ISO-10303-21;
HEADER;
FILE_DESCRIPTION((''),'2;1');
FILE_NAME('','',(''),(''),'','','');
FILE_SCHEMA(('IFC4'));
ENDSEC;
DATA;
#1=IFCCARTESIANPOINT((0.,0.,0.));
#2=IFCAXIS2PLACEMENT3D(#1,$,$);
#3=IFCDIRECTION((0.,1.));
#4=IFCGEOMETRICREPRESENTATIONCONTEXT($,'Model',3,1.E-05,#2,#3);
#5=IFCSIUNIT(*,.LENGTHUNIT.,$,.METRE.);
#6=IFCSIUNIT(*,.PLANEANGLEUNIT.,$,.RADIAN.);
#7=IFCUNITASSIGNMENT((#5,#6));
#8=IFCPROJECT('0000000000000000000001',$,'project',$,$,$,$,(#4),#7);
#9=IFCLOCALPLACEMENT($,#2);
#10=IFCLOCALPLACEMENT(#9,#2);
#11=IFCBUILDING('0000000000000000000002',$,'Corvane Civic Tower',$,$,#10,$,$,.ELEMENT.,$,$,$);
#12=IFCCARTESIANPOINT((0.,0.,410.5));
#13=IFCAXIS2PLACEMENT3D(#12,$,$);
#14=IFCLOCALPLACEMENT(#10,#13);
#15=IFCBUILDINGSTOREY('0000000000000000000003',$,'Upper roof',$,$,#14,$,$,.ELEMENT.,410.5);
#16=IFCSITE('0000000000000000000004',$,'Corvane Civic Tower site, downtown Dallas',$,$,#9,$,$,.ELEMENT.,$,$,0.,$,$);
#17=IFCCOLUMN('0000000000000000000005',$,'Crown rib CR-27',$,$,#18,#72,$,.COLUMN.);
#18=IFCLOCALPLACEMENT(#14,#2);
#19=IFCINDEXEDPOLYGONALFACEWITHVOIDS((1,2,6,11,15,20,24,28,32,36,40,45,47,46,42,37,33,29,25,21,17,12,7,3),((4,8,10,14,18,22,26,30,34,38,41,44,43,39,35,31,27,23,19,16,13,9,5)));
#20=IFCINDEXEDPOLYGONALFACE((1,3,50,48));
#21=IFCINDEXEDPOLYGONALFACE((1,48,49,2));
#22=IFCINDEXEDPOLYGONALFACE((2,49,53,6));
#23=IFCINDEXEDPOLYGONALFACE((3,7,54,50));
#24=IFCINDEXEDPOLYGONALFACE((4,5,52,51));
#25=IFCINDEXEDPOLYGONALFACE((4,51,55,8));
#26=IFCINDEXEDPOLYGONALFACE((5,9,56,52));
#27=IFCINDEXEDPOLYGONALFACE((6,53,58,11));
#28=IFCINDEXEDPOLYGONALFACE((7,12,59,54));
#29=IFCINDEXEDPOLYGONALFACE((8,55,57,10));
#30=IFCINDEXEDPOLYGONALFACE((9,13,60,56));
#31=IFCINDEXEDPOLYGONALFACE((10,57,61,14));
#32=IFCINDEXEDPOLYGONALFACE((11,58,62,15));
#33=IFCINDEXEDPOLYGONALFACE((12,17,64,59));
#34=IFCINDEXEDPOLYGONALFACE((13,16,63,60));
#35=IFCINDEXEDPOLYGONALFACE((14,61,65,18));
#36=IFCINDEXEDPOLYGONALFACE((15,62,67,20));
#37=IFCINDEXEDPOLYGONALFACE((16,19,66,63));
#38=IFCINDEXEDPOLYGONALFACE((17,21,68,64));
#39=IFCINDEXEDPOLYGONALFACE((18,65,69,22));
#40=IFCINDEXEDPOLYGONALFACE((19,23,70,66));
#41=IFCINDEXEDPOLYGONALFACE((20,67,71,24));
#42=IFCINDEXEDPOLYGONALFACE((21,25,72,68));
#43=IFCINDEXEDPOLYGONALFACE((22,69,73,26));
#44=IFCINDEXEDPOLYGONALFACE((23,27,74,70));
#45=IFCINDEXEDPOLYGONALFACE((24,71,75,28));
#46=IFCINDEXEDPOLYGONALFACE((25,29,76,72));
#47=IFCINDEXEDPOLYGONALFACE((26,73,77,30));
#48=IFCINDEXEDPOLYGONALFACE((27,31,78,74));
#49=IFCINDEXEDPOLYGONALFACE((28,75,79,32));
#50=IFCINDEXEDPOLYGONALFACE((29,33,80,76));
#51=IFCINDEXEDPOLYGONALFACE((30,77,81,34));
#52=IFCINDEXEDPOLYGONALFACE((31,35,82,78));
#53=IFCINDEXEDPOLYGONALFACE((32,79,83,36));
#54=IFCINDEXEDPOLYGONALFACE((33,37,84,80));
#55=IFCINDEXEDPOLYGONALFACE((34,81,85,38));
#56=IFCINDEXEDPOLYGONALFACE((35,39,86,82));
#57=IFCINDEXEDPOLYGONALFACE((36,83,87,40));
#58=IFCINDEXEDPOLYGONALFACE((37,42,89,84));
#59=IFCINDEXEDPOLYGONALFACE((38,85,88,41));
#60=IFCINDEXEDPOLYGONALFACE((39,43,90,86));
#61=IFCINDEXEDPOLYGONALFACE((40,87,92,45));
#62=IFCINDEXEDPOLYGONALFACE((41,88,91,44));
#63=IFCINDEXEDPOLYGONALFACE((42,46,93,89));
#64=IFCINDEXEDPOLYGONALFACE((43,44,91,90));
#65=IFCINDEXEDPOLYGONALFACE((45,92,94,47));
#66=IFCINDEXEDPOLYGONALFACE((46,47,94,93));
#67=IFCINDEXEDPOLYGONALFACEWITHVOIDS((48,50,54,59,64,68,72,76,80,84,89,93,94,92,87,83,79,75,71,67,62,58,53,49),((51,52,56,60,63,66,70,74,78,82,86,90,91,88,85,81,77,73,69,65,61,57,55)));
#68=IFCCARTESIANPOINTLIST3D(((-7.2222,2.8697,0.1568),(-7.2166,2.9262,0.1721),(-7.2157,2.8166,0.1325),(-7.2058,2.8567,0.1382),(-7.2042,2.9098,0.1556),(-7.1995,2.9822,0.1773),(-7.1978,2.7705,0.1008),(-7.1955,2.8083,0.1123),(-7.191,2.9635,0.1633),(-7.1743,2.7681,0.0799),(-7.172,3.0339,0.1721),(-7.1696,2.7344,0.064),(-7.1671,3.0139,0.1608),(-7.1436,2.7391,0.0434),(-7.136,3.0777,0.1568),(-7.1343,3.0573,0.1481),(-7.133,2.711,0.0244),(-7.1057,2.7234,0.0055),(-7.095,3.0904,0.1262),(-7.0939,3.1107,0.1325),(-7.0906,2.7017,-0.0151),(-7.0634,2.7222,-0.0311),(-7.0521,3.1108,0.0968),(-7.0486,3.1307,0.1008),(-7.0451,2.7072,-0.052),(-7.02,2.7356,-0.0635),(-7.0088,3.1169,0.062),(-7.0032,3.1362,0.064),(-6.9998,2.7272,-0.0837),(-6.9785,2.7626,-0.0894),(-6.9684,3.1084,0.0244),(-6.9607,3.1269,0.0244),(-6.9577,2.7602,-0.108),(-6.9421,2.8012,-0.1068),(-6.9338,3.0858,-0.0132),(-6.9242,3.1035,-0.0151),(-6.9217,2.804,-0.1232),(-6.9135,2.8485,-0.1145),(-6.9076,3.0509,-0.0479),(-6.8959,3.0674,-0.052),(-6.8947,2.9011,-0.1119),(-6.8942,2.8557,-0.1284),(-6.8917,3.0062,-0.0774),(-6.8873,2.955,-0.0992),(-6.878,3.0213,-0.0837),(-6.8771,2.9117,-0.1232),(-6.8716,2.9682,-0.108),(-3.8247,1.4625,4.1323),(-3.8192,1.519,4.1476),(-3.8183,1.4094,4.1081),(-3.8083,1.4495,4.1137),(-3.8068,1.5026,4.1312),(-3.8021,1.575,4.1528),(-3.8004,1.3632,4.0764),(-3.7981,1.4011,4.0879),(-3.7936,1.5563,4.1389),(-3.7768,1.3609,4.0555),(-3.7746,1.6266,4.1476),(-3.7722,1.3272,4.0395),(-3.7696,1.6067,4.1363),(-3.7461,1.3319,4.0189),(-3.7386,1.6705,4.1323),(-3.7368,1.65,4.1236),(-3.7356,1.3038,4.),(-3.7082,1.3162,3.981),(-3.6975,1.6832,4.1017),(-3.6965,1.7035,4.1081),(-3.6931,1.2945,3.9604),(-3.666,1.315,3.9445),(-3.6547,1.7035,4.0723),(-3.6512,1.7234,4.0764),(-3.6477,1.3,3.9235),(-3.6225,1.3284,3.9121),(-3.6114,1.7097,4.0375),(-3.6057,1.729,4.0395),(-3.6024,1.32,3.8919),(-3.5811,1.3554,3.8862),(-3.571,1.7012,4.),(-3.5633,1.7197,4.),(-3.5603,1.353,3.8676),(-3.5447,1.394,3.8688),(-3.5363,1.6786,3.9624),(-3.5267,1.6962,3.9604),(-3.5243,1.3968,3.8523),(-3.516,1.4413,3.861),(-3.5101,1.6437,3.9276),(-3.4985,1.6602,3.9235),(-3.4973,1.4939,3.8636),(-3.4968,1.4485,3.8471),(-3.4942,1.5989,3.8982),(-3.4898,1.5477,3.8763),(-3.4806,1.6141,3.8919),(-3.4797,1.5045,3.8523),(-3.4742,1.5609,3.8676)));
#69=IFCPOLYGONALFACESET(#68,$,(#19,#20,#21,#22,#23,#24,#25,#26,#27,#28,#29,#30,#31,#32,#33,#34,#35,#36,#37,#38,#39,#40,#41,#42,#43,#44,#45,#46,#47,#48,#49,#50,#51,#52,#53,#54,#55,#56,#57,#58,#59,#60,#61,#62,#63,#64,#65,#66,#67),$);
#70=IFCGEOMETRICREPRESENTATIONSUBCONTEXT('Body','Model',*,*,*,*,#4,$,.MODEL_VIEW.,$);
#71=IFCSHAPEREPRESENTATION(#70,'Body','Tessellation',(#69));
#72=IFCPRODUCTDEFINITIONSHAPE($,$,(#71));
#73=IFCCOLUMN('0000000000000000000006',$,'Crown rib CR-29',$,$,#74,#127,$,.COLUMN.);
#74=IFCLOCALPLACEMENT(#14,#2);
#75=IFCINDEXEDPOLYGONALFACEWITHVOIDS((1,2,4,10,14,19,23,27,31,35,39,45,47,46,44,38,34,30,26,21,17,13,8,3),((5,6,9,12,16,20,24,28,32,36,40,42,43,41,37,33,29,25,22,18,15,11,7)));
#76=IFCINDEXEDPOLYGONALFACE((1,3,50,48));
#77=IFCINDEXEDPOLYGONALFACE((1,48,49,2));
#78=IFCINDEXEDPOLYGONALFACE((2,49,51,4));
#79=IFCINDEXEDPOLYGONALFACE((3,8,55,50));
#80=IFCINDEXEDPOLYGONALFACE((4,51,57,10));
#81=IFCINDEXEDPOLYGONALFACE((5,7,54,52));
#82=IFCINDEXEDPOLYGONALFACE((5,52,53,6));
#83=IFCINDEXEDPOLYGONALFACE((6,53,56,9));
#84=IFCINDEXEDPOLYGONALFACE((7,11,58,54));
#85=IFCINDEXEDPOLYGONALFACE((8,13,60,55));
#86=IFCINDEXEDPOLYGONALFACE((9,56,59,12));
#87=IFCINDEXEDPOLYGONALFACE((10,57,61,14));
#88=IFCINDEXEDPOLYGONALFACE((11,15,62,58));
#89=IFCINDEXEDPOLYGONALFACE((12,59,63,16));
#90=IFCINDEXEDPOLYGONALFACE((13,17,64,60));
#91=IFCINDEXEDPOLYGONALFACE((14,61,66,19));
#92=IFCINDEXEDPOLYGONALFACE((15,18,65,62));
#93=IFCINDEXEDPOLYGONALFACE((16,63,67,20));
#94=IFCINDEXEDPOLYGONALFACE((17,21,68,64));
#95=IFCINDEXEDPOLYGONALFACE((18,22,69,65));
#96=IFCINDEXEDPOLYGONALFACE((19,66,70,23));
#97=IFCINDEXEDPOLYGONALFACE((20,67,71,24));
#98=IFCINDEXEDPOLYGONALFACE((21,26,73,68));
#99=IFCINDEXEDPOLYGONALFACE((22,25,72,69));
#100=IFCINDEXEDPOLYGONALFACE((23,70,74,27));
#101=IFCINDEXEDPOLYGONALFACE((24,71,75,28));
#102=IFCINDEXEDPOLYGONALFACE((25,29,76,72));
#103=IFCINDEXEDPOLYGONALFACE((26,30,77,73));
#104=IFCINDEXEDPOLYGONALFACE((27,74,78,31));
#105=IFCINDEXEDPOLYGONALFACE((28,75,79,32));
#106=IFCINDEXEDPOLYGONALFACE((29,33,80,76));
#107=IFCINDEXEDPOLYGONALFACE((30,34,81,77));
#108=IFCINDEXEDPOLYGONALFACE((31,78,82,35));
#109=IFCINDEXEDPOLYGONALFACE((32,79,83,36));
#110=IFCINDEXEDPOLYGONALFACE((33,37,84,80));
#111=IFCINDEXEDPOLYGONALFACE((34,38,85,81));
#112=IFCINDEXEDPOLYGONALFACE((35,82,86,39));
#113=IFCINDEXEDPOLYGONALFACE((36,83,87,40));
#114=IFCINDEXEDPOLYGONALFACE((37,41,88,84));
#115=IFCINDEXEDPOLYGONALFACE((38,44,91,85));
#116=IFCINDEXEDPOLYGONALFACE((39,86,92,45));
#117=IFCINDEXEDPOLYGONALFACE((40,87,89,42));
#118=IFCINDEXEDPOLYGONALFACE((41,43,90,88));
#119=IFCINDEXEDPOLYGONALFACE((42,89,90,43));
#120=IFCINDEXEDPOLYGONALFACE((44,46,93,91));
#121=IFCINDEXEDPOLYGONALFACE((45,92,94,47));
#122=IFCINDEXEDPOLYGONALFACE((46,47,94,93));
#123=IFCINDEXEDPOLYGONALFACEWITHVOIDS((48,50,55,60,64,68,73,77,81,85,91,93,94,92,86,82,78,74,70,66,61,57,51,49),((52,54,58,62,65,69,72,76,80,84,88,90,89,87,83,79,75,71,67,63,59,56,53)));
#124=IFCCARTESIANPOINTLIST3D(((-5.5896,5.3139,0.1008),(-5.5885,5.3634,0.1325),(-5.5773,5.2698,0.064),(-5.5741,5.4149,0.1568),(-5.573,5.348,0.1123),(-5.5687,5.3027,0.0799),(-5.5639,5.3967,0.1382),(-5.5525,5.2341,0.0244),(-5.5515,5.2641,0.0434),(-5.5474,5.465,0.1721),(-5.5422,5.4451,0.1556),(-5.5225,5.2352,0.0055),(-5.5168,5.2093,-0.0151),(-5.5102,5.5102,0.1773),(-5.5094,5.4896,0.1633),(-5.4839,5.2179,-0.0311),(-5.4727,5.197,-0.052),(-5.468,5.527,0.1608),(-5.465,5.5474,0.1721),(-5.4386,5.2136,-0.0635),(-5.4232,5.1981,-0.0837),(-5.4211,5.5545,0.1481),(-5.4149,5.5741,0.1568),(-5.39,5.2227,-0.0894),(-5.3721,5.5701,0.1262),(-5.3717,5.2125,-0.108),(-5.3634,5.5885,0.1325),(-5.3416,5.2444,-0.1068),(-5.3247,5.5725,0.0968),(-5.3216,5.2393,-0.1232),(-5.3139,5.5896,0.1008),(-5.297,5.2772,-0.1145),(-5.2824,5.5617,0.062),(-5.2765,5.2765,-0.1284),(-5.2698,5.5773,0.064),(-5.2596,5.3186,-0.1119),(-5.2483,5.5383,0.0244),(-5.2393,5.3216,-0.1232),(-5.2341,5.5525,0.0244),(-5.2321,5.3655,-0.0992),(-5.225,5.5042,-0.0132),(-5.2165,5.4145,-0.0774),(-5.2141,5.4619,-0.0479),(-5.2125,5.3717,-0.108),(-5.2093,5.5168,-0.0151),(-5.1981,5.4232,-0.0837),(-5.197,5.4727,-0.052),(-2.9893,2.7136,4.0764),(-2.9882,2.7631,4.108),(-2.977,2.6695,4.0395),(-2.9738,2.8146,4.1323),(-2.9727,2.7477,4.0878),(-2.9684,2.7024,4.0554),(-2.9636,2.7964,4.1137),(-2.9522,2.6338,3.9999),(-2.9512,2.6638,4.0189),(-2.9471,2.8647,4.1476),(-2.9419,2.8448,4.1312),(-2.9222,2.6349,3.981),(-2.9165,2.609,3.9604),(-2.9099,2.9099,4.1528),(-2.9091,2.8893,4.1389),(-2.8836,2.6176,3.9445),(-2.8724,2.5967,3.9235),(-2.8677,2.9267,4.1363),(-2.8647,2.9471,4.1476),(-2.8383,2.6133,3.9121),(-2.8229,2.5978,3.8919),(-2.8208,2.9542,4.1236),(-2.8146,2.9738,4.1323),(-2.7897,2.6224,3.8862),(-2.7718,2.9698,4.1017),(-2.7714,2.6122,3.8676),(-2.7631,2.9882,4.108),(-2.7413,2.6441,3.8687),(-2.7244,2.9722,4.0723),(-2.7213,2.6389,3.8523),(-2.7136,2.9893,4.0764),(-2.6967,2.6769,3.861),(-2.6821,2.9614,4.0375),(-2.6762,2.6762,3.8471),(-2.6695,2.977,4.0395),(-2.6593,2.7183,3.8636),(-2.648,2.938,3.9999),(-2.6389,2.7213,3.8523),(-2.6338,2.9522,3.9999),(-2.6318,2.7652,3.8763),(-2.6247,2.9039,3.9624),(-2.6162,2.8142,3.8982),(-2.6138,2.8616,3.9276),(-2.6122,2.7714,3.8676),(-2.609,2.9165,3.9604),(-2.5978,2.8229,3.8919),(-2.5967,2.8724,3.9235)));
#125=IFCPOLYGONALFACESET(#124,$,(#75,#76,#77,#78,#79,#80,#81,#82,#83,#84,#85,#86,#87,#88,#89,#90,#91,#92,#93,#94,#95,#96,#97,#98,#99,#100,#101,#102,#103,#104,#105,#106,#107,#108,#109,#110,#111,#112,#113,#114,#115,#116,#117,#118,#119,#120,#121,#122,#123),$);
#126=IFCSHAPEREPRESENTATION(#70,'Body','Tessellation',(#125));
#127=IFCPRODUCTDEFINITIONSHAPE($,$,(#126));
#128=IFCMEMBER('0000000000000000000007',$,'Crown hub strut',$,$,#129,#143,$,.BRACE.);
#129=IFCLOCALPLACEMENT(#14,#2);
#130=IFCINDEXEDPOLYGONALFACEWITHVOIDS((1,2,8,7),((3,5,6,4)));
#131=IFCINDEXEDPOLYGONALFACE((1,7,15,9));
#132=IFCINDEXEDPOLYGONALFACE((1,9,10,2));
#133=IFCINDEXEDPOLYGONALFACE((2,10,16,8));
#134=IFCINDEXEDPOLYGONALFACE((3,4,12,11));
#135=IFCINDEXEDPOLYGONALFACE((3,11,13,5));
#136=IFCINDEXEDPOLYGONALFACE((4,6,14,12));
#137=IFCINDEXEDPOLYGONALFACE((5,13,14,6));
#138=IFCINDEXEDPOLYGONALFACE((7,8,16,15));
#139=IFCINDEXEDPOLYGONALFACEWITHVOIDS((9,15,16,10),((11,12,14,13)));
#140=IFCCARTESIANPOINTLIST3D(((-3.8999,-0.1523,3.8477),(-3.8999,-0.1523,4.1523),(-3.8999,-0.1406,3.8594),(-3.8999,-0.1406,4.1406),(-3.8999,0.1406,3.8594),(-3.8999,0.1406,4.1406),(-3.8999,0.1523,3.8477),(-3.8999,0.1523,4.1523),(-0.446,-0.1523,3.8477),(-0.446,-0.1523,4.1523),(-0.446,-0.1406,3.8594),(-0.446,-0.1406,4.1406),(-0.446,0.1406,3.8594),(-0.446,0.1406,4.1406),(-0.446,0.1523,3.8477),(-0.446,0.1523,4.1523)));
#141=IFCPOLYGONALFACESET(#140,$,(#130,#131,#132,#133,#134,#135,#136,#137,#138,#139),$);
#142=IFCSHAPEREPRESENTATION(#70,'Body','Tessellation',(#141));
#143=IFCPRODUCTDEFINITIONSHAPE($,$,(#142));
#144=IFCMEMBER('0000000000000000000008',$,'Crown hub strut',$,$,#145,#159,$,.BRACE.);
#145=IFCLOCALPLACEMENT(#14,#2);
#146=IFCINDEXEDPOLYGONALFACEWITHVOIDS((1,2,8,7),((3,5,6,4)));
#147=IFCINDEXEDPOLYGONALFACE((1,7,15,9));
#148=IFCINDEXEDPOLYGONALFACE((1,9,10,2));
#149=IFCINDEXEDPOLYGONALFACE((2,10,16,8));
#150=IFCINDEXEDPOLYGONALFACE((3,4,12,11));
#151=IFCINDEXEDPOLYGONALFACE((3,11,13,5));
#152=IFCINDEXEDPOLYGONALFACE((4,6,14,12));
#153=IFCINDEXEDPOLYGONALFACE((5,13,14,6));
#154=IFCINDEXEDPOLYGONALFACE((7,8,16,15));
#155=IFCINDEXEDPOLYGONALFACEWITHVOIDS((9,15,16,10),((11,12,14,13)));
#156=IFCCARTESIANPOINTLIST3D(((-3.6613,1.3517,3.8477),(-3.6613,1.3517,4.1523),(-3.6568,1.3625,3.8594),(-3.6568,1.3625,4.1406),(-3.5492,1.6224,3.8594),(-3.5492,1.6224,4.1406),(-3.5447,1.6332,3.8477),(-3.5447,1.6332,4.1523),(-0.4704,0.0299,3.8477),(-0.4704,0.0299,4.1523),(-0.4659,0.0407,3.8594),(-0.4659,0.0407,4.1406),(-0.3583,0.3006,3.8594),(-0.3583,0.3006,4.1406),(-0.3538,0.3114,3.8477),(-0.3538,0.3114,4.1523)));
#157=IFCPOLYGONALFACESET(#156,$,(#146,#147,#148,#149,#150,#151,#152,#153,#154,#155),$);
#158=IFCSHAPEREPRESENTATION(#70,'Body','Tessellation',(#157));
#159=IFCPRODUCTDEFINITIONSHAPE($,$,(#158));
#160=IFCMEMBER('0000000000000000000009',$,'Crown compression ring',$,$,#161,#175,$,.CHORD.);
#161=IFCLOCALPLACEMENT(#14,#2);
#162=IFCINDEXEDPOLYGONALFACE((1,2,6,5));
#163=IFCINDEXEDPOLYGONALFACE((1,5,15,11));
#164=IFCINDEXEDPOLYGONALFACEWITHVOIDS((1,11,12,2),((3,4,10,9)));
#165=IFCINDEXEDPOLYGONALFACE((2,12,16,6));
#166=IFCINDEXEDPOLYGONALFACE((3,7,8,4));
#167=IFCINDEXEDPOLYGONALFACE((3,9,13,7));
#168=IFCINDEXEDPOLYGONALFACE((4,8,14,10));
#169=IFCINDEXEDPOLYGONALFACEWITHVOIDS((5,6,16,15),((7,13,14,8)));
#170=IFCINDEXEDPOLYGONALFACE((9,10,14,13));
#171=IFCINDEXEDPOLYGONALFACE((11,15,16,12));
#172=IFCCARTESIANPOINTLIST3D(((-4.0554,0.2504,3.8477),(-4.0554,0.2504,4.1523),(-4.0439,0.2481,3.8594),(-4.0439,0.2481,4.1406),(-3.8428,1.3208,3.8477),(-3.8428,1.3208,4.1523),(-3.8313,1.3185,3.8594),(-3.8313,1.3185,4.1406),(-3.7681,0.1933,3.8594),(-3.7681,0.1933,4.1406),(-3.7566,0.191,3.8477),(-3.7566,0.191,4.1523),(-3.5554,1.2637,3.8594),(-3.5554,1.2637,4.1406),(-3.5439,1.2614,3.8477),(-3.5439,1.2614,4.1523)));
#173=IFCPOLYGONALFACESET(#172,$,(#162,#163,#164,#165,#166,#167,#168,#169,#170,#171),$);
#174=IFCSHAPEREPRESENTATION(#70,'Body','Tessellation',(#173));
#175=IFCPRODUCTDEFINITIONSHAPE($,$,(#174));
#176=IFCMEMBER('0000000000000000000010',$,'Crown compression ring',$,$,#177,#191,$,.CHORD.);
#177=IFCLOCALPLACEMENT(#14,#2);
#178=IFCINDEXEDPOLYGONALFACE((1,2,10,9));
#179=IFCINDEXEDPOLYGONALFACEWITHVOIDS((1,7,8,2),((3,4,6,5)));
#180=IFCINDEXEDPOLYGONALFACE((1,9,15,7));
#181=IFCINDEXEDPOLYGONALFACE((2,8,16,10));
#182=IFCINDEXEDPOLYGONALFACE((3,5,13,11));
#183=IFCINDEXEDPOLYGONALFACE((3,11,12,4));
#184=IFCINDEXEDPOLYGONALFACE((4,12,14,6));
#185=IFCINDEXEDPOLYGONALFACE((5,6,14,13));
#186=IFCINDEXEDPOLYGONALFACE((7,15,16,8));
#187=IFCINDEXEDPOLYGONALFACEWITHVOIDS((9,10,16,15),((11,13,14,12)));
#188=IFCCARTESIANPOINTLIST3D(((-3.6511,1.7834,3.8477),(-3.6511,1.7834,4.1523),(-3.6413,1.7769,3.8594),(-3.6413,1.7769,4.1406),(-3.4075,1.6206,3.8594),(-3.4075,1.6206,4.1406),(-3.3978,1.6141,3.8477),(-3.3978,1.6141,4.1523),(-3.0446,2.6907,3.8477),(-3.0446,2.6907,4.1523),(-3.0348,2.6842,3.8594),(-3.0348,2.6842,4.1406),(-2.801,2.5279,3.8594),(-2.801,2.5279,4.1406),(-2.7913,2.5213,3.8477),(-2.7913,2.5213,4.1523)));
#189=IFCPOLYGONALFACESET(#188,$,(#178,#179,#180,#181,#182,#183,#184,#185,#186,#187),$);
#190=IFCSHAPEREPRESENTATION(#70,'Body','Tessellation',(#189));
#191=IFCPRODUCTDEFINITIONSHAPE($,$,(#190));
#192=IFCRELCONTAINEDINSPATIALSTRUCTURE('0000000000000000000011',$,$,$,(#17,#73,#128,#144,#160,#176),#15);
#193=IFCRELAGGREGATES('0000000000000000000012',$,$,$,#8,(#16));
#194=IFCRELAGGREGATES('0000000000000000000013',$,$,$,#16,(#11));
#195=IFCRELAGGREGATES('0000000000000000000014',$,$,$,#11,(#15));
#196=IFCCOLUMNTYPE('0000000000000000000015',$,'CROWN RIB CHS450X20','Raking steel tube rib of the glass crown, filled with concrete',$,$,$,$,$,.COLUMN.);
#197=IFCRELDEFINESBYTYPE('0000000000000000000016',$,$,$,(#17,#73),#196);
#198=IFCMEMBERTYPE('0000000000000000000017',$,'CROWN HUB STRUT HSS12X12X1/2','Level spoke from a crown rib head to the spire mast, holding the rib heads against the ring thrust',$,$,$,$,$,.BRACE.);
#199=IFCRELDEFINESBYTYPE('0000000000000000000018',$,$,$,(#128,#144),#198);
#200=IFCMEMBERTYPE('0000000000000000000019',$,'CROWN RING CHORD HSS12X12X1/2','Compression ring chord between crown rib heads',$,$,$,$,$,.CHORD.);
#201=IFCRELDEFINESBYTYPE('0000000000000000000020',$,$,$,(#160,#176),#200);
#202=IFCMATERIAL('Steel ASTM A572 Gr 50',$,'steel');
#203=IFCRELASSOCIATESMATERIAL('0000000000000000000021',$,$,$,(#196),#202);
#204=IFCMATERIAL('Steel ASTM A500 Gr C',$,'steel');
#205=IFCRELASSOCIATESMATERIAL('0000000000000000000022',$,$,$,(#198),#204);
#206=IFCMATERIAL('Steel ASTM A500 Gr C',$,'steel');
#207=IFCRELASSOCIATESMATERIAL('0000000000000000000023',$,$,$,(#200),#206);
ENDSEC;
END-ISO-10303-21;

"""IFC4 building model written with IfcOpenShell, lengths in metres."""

from ifc_helpers import new_model, si_unit, direction, frame, origin, origin_2d, place, context, subcontext, project, spatial, hollow_rectangle, hollow_circle, extrude, material, material_profile, profile_set, type_object, element, save


model = new_model("IFC4")

# Units and contexts
model_context = context("Model", 3, precision=1e-05, world=origin(), true_north=direction((0.0, 1.0)))
body_context = subcontext(model_context, "Body", "Model", "MODEL_VIEW")
ifc_project = project(units=[si_unit("LENGTHUNIT", "METRE"), si_unit("PLANEANGLEUNIT", "RADIAN")], contexts=[model_context])

# Site, building, storey
site_placement = place(None, origin())
site = spatial("IfcSite", under=ifc_project, at=site_placement, Name="Corvane Civic Tower site, downtown Dallas", CompositionType="ELEMENT", RefElevation=0.0)
building_placement = place(site_placement, origin())
building = spatial("IfcBuilding", under=site, at=building_placement, Name="Corvane Civic Tower", CompositionType="ELEMENT")
storey_placement = place(building_placement, frame((0.0, 0.0, 410.5)))
storey = spatial("IfcBuildingStorey", under=building, at=storey_placement, Name="Upper roof", CompositionType="ELEMENT", Elevation=410.5)

# Columns
ifc_material_1 = material(Name="Steel ASTM A572 Gr 50", Category="steel")
ifc_material_profile_1 = material_profile(ifc_material_1, hollow_circle(Radius=0.2251, WallThickness=0.02, at=origin_2d()), Name="CHS450X20")
ifc_profile_set_1 = profile_set([ifc_material_profile_1], Name="Steel ASTM A572 Gr 50")
column_type = type_object("IfcColumnType", Name="CROWN RIB CHS450X20", Description="Raking steel tube rib of the glass crown, filled with concrete", PredefinedType="COLUMN", material=ifc_profile_set_1)
for number, where, z_axis, x_axis, name in (
    (1, (-7.0469, 2.9189, 0.0244), (0.627352, -0.259849, 0.734104), (0.382672, 0.923884, 0.0), "Crown rib CR-27"),
    (2, (-5.3933, 5.3933, 0.0244), (0.480157, -0.480157, 0.734097), (0.707107, 0.707107, 0.0), "Crown rib CR-29"),
):
    element("IfcColumn", number, at=place(storey_placement, frame(where, z_axis=z_axis, x_axis=x_axis)), inside=storey, type_object=column_type, Name=name, PredefinedType="COLUMN", context=body_context, shape_type="SweptSolid", body=[
        extrude(hollow_circle(Radius=0.2251, WallThickness=0.02, at=origin_2d()), origin(), (0.0, 0.0, 1.0), 5.4155),
    ])

# Members
ifc_material_2 = material(Name="Steel ASTM A500 Gr C", Category="steel")
ifc_material_profile_2 = material_profile(ifc_material_2, hollow_rectangle(XDim=0.3047, YDim=0.3047, WallThickness=0.0117, at=origin_2d()), Name="HSS12X12X1/2")
ifc_profile_set_2 = profile_set([ifc_material_profile_2], Name="Steel ASTM A500 Gr C")
member_type_1 = type_object("IfcMemberType", Name="CROWN HUB STRUT HSS12X12X1/2", Description="Level spoke from a crown rib head to the spire mast, holding the rib heads against the ring thrust", PredefinedType="BRACE", material=ifc_profile_set_2)
for number, where, z_axis, x_axis, name in (
    (3, (-3.8999, 0.0, 4.0), (1.0, 0.0, 0.0), (0.0, 1.0, 0.0), "Crown hub strut"),
    (4, (-3.603, 1.4924, 4.0), (0.923874, -0.382697, 0.0), (0.382697, 0.923874, 0.0), "Crown hub strut"),
):
    element("IfcMember", number, at=place(storey_placement, frame(where, z_axis=z_axis, x_axis=x_axis)), inside=storey, type_object=member_type_1, Name=name, PredefinedType="BRACE", context=body_context, shape_type="SweptSolid", body=[
        extrude(hollow_rectangle(XDim=0.3047, YDim=0.3047, WallThickness=0.0117, at=origin_2d()), origin(), (0.0, 0.0, 1.0), 3.4539),
    ])
ifc_material_3 = material(Name="Steel ASTM A500 Gr C", Category="steel")
ifc_material_profile_3 = material_profile(ifc_material_3, hollow_rectangle(XDim=0.3047, YDim=0.3047, WallThickness=0.0117, at=origin_2d()), Name="HSS12X12X1/2")
ifc_profile_set_3 = profile_set([ifc_material_profile_3], Name="Steel ASTM A500 Gr C")
member_type_2 = type_object("IfcMemberType", Name="CROWN RING CHORD HSS12X12X1/2", Description="Compression ring chord between crown rib heads", PredefinedType="CHORD", material=ifc_profile_set_3)
for number, where, z_axis, x_axis, name in (
    (5, (-3.906, 0.2207, 4.0), (0.194868, 0.980829, 0.0), (-0.980829, 0.194868, 0.0), "Crown compression ring"),
    (6, (-3.5244, 1.6987, 4.0), (0.555732, 0.831361, 0.0), (-0.831361, 0.555732, 0.0), "Crown compression ring"),
):
    element("IfcMember", number, at=place(storey_placement, frame(where, z_axis=z_axis, x_axis=x_axis)), inside=storey, type_object=member_type_2, Name=name, PredefinedType="CHORD", context=body_context, shape_type="SweptSolid", body=[
        extrude(hollow_rectangle(XDim=0.3047, YDim=0.3047, WallThickness=0.0117, at=origin_2d()), origin(), (0.0, 0.0, 1.0), 1.0913),
    ])

save(model, "model.ifc")
